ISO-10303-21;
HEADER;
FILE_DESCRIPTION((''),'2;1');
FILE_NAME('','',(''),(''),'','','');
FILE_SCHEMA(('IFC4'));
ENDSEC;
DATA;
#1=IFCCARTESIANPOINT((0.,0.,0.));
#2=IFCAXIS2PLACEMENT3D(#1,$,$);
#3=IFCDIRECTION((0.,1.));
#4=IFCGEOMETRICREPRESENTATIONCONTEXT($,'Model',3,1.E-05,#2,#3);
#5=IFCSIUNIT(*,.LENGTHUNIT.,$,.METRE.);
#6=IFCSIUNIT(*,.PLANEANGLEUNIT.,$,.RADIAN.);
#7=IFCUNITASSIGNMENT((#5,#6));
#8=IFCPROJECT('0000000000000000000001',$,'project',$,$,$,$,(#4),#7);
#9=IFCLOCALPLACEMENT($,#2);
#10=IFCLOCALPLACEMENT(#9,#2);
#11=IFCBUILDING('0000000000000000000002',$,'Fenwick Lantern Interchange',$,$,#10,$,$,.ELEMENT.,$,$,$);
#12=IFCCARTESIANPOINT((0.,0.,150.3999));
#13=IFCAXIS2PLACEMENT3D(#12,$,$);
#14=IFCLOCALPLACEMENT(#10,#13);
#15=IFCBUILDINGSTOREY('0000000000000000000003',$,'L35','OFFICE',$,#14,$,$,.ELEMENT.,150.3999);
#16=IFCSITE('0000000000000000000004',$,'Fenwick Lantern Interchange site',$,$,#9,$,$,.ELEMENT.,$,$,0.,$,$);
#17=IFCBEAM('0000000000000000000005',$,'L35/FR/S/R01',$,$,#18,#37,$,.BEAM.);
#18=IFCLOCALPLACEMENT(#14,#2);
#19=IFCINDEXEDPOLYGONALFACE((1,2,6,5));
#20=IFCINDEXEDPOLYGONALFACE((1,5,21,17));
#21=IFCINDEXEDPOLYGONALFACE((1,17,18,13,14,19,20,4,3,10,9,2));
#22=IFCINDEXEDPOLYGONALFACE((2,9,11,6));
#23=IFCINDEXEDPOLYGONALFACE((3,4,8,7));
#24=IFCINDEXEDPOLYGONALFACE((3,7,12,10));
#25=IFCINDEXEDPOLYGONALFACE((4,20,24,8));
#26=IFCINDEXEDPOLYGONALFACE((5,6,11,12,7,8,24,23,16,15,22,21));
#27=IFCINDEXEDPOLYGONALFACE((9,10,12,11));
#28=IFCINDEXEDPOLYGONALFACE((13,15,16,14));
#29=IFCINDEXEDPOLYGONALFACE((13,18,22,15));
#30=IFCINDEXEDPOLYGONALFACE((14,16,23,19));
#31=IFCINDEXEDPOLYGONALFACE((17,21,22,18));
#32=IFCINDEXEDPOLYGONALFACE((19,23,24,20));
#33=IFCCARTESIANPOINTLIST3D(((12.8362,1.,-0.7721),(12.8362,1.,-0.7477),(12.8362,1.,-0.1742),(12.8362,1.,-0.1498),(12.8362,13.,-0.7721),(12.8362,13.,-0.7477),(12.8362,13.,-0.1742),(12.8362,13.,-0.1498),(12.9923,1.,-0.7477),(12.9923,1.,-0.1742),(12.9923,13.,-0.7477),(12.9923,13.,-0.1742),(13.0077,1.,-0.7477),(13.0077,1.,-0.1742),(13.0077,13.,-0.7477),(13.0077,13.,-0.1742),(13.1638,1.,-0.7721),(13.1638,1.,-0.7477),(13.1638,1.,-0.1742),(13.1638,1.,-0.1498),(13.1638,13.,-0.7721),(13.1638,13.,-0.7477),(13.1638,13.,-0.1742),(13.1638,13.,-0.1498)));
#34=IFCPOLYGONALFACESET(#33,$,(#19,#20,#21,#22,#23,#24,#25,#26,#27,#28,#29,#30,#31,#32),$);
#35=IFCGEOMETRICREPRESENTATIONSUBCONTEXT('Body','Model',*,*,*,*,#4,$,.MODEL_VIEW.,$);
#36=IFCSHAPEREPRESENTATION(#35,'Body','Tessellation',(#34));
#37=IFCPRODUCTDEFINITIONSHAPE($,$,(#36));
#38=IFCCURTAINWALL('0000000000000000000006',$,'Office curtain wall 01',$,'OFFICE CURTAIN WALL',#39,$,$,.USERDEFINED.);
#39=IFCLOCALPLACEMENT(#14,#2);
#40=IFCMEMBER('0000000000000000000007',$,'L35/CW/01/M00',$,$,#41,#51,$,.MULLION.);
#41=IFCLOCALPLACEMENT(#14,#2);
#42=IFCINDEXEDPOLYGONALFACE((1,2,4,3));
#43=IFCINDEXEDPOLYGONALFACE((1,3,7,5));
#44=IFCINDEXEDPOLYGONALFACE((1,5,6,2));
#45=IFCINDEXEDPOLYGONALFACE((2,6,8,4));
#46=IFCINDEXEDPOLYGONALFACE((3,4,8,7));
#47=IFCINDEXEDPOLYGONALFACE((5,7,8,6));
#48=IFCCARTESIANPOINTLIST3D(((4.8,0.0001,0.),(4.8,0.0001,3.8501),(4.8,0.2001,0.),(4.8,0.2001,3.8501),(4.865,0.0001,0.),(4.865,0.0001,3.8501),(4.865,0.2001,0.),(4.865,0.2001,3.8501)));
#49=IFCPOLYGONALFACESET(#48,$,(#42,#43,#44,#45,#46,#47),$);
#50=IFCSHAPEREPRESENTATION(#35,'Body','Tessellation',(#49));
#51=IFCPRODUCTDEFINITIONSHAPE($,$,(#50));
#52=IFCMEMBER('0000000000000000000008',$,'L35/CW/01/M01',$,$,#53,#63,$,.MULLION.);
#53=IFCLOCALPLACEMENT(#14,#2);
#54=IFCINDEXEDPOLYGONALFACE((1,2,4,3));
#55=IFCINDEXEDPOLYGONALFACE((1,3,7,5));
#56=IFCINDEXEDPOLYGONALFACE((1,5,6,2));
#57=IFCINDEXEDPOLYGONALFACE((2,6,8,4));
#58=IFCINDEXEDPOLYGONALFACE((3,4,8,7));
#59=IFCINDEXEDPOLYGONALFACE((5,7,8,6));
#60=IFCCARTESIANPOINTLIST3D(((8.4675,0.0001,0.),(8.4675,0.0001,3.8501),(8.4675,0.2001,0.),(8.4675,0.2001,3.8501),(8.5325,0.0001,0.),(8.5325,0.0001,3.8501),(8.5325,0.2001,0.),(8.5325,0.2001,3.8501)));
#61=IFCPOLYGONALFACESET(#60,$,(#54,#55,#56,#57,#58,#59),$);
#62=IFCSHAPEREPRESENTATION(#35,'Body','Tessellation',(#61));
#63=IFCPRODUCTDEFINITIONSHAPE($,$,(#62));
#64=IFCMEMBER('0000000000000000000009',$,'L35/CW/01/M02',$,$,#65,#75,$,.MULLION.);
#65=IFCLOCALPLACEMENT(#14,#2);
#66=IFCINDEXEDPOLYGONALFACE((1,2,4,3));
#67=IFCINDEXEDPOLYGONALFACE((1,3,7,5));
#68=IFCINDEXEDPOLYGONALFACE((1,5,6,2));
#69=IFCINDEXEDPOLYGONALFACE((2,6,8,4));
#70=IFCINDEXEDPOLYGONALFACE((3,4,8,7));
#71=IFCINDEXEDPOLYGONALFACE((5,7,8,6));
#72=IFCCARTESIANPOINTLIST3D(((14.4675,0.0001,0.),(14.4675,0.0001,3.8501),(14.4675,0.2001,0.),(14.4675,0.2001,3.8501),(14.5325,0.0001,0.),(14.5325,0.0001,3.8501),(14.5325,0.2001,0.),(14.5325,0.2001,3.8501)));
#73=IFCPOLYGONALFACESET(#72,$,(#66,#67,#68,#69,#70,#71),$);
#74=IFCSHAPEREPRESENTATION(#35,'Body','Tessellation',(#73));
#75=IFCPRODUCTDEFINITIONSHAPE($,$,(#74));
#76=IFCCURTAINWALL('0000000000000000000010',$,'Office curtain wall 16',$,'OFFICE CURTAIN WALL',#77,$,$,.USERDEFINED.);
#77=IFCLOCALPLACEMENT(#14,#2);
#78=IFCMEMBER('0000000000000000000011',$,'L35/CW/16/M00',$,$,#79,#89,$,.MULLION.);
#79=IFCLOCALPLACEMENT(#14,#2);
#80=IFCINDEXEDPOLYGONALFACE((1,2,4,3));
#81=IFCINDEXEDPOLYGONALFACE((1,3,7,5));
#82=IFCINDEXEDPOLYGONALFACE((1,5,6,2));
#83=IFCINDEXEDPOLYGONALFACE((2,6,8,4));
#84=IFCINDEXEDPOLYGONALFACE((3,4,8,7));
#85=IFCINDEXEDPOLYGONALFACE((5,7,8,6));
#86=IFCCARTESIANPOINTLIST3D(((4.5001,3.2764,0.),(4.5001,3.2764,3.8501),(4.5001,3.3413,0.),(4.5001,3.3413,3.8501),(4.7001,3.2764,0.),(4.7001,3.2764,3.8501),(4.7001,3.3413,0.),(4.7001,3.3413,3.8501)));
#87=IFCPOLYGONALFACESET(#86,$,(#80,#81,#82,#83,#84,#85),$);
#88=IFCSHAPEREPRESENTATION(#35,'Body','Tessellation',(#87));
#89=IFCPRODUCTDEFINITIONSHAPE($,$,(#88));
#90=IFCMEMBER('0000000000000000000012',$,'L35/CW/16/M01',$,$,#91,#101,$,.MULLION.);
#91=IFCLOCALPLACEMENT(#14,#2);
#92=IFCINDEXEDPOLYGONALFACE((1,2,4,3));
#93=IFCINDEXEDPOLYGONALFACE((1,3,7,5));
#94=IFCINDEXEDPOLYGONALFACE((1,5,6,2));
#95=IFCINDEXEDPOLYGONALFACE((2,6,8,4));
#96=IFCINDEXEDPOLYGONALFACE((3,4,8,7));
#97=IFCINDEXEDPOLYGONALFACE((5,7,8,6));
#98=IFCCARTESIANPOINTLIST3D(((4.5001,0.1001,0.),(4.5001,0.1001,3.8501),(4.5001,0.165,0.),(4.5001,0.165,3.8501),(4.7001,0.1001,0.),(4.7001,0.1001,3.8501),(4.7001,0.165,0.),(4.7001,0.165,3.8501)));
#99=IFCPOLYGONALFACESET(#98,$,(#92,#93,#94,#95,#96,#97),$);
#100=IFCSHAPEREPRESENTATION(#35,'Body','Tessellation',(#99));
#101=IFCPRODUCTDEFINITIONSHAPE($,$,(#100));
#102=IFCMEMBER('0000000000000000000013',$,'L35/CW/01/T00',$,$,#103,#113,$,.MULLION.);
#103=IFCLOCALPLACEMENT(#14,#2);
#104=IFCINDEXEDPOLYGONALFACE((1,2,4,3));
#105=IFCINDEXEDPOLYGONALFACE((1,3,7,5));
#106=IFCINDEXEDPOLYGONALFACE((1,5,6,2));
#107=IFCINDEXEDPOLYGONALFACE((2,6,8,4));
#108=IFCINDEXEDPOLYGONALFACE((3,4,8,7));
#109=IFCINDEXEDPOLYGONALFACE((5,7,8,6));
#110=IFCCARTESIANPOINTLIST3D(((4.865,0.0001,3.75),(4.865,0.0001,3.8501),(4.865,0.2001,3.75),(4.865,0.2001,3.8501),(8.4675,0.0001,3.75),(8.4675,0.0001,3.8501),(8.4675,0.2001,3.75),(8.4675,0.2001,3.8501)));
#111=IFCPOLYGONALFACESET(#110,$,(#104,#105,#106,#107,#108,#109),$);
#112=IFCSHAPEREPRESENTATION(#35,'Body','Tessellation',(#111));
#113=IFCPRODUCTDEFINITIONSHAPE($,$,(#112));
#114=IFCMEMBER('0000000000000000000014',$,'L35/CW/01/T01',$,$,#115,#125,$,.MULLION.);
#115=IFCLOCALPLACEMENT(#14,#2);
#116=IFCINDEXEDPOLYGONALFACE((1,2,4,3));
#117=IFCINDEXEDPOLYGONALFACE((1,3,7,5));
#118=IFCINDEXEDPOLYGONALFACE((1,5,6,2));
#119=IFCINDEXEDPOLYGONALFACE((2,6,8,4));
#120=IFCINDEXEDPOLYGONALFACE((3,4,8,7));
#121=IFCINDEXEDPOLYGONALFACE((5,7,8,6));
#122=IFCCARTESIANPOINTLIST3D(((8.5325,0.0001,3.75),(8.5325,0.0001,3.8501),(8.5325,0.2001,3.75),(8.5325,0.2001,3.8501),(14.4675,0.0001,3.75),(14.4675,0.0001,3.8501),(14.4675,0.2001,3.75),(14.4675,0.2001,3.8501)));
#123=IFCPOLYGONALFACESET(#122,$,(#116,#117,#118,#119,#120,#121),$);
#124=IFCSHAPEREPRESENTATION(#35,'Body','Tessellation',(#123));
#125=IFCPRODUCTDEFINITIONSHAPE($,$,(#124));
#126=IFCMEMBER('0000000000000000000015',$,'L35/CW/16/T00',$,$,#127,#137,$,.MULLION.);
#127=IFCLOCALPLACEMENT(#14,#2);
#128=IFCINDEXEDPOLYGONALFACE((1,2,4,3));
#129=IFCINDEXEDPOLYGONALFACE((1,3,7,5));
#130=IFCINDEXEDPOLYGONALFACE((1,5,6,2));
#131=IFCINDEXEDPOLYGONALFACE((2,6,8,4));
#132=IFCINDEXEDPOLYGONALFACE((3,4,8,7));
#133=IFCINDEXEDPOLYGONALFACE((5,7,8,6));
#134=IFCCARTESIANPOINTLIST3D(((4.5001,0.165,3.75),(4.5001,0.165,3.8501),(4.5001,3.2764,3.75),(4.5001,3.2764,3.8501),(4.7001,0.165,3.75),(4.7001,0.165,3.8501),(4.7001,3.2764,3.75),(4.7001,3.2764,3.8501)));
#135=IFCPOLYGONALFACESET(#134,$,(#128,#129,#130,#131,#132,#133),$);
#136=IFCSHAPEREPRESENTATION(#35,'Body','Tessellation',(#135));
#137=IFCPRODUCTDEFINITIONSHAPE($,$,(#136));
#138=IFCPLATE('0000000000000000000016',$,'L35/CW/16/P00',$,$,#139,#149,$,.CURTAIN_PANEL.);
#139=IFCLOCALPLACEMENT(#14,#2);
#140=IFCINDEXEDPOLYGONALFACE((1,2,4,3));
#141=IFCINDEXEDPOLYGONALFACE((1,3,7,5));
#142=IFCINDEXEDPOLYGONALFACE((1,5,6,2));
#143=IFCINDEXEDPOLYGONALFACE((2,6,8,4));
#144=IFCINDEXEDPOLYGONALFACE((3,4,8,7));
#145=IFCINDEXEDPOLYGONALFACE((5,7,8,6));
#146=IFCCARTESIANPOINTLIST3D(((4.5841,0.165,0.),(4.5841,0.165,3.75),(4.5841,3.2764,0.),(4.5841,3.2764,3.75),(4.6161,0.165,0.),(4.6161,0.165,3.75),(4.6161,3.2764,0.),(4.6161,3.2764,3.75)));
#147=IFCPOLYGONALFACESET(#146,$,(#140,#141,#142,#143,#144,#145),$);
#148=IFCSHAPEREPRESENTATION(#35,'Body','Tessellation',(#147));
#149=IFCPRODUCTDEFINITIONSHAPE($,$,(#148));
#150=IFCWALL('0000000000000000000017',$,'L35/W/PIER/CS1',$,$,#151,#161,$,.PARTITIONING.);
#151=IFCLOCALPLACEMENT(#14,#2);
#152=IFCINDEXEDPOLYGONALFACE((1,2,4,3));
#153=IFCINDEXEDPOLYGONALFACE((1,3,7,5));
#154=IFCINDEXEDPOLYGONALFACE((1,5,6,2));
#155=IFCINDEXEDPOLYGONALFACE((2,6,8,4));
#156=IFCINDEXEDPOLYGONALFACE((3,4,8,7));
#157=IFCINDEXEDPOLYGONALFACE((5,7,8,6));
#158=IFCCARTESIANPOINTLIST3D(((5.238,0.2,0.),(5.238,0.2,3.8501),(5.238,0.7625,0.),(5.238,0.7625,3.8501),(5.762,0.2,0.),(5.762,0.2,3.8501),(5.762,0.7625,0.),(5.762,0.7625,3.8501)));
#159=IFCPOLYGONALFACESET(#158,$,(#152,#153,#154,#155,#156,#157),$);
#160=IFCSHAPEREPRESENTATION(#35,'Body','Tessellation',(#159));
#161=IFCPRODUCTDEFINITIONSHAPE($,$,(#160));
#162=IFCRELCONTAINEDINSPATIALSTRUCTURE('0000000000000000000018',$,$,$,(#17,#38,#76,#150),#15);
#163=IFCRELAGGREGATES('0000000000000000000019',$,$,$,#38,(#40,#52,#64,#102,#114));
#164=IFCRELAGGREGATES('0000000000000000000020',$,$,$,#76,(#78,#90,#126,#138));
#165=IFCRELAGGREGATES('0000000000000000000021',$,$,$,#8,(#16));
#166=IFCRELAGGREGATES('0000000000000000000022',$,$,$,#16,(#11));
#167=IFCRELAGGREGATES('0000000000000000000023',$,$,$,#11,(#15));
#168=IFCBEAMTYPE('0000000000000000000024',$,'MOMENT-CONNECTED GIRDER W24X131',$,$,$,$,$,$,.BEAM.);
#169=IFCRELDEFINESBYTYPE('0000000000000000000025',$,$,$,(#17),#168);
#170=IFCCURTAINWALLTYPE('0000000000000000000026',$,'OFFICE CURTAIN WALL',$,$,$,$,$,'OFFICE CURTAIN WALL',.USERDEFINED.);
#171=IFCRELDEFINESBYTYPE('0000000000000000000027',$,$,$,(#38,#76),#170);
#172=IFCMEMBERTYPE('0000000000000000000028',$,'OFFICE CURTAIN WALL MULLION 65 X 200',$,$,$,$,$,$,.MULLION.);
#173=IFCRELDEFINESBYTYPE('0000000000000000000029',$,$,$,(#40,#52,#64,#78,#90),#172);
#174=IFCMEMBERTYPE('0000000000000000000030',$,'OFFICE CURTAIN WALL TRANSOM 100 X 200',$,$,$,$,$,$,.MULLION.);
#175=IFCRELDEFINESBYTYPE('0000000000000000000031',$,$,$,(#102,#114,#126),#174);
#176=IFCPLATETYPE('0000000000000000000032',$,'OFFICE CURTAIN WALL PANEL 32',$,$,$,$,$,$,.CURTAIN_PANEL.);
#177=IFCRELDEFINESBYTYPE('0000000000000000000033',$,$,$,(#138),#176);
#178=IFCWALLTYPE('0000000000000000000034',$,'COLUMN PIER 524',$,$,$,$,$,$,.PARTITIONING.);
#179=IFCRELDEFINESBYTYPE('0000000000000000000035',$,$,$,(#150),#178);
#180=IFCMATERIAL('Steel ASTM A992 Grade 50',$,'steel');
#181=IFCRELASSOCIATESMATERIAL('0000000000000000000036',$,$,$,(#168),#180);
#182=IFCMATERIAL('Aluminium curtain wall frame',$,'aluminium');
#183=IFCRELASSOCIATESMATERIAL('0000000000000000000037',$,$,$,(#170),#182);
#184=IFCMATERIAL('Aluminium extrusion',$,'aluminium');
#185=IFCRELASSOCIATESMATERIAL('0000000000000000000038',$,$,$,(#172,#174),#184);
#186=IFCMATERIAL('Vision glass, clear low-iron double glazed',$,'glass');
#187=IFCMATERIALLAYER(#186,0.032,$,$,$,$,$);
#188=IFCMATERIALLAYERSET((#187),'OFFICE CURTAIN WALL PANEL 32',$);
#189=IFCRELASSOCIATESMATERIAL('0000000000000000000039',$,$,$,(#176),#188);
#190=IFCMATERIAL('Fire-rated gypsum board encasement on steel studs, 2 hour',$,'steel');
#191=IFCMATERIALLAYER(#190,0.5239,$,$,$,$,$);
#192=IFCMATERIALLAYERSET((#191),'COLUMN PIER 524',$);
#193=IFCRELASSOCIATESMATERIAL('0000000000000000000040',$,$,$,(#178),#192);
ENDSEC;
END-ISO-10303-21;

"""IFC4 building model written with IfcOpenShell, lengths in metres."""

from ifc_helpers import new_model, si_unit, direction, frame, frame_2d, origin, origin_2d, place, context, subcontext, project, spatial, rectangle, i_section, extrude, material, layer, layer_set, material_profile, profile_set, type_object, element, aggregate, save


model = new_model("IFC4")

# Units and contexts
model_context = context("Model", 3, precision=1e-05, world=origin(), true_north=direction((0.0, 1.0)))
body_context = subcontext(model_context, "Body", "Model", "MODEL_VIEW")
ifc_project = project(units=[si_unit("LENGTHUNIT", "METRE"), si_unit("PLANEANGLEUNIT", "RADIAN")], contexts=[model_context])

# Site, building, storey
site_placement = place(None, origin())
site = spatial("IfcSite", under=ifc_project, at=site_placement, Name="Fenwick Lantern Interchange site", CompositionType="ELEMENT", RefElevation=0.0)
building_placement = place(site_placement, origin())
building = spatial("IfcBuilding", under=site, at=building_placement, Name="Fenwick Lantern Interchange", CompositionType="ELEMENT")
storey_placement = place(building_placement, frame((0.0, 0.0, 150.3999)))
storey = spatial("IfcBuildingStorey", under=building, at=storey_placement, Name="L35", Description="OFFICE", CompositionType="ELEMENT", Elevation=150.3999)

# Shared definitions
ifc_material_1 = material(Name="Steel ASTM A992 Grade 50", Category="steel")

# Beam
ifc_material_profile_1 = material_profile(ifc_material_1, i_section(OverallWidth=0.3276, OverallDepth=0.6223, WebThickness=0.0154, FlangeThickness=0.0244, at=origin_2d()), Name="W24X131")
ifc_profile_set_1 = profile_set([ifc_material_profile_1], Name="Steel ASTM A992 Grade 50")
beam_type_1 = type_object("IfcBeamType", Name="MOMENT-CONNECTED GIRDER W24X131", PredefinedType="BEAM", material=ifc_profile_set_1)
beam_1_placement = place(storey_placement, frame((13.0, 1.0, -0.4609), z_axis=(0.0, 1.0, 0.0), x_axis=(-1.0, 0.0, 0.0)))
element("IfcBeam", 1, at=beam_1_placement, inside=storey, type_object=beam_type_1, Name="L35/FR/S/R01", PredefinedType="BEAM", context=body_context, shape_type="SweptSolid", body=[
    extrude(i_section(OverallWidth=0.3276, OverallDepth=0.6223, WebThickness=0.0154, FlangeThickness=0.0244, at=origin_2d()), origin(), (0.0, 0.0, 1.0), 12.0),
])

# Curtain walls, members
ifc_material_2 = material(Name="Aluminium curtain wall frame", Category="aluminium")
curtain_wall_type = type_object("IfcCurtainWallType", Name="OFFICE CURTAIN WALL", ElementType="OFFICE CURTAIN WALL", PredefinedType="USERDEFINED", material=ifc_material_2)
curtain_wall_1_placement = place(storey_placement, origin())
curtain_wall_1 = element("IfcCurtainWall", 2, at=curtain_wall_1_placement, inside=storey, type_object=curtain_wall_type, Name="Office curtain wall 01", ObjectType="OFFICE CURTAIN WALL", PredefinedType="USERDEFINED")
ifc_material_3 = material(Name="Aluminium extrusion", Category="aluminium")
ifc_material_profile_2 = material_profile(ifc_material_3, rectangle(XDim=0.2, YDim=0.0649, at=origin_2d()), Name="OFFICE CURTAIN WALL MULLION 65 X 200")
ifc_profile_set_2 = profile_set([ifc_material_profile_2], Name="Aluminium extrusion")
member_type_1 = type_object("IfcMemberType", Name="OFFICE CURTAIN WALL MULLION 65 X 200", PredefinedType="MULLION", material=ifc_profile_set_2)
member_1_placement = place(storey_placement, frame((4.8325, 0.1001, 0.0), z_axis=(0.0, 0.0, 1.0), x_axis=(0.0, 1.0, 0.0)))
member_1 = element("IfcMember", 3, at=member_1_placement, type_object=member_type_1, Name="L35/CW/01/M00", PredefinedType="MULLION", context=body_context, shape_type="SweptSolid", body=[
    extrude(rectangle(XDim=0.2, YDim=0.0649, at=origin_2d()), origin(), (0.0, 0.0, 1.0), 3.8501),
])
member_2_placement = place(storey_placement, frame((8.5, 0.1001, 0.0), z_axis=(0.0, 0.0, 1.0), x_axis=(0.0, 1.0, 0.0)))
member_2 = element("IfcMember", 4, at=member_2_placement, type_object=member_type_1, Name="L35/CW/01/M01", PredefinedType="MULLION", context=body_context, shape_type="SweptSolid", body=[
    extrude(rectangle(XDim=0.2, YDim=0.0649, at=origin_2d()), origin(), (0.0, 0.0, 1.0), 3.8501),
])
member_3_placement = place(storey_placement, frame((14.5, 0.1001, 0.0), z_axis=(0.0, 0.0, 1.0), x_axis=(0.0, 1.0, 0.0)))
member_3 = element("IfcMember", 5, at=member_3_placement, type_object=member_type_1, Name="L35/CW/01/M02", PredefinedType="MULLION", context=body_context, shape_type="SweptSolid", body=[
    extrude(rectangle(XDim=0.2, YDim=0.0649, at=origin_2d()), origin(), (0.0, 0.0, 1.0), 3.8501),
])
curtain_wall_2_placement = place(storey_placement, origin())
curtain_wall_2 = element("IfcCurtainWall", 6, at=curtain_wall_2_placement, inside=storey, type_object=curtain_wall_type, Name="Office curtain wall 16", ObjectType="OFFICE CURTAIN WALL", PredefinedType="USERDEFINED")
member_4_placement = place(storey_placement, frame((4.6001, 3.3088, 0.0), z_axis=(0.0, 0.0, 1.0), x_axis=(1.0, 0.0, 0.0)))
member_4 = element("IfcMember", 7, at=member_4_placement, type_object=member_type_1, Name="L35/CW/16/M00", PredefinedType="MULLION", context=body_context, shape_type="SweptSolid", body=[
    extrude(rectangle(XDim=0.2, YDim=0.0649, at=origin_2d()), origin(), (0.0, 0.0, 1.0), 3.8501),
])
member_5_placement = place(storey_placement, frame((4.6001, 0.1326, 0.0), z_axis=(0.0, 0.0, 1.0), x_axis=(1.0, 0.0, 0.0)))
member_5 = element("IfcMember", 8, at=member_5_placement, type_object=member_type_1, Name="L35/CW/16/M01", PredefinedType="MULLION", context=body_context, shape_type="SweptSolid", body=[
    extrude(rectangle(XDim=0.2, YDim=0.0649, at=origin_2d()), origin(), (0.0, 0.0, 1.0), 3.8501),
])

# Members
ifc_material_profile_3 = material_profile(ifc_material_3, rectangle(XDim=0.2, YDim=0.1001, at=origin_2d()), Name="OFFICE CURTAIN WALL TRANSOM 100 X 200")
ifc_profile_set_3 = profile_set([ifc_material_profile_3], Name="Aluminium extrusion")
member_type_2 = type_object("IfcMemberType", Name="OFFICE CURTAIN WALL TRANSOM 100 X 200", PredefinedType="MULLION", material=ifc_profile_set_3)
member_6_placement = place(storey_placement, frame((4.865, 0.1001, 3.8), z_axis=(1.0, 0.0, 0.0), x_axis=(0.0, 1.0, 0.0)))
member_6 = element("IfcMember", 9, at=member_6_placement, type_object=member_type_2, Name="L35/CW/01/T00", PredefinedType="MULLION", context=body_context, shape_type="SweptSolid", body=[
    extrude(rectangle(XDim=0.2, YDim=0.1001, at=origin_2d()), origin(), (0.0, 0.0, 1.0), 3.6025),
])
member_7_placement = place(storey_placement, frame((8.5325, 0.1001, 3.8), z_axis=(1.0, 0.0, 0.0), x_axis=(0.0, 1.0, 0.0)))
member_7 = element("IfcMember", 10, at=member_7_placement, type_object=member_type_2, Name="L35/CW/01/T01", PredefinedType="MULLION", context=body_context, shape_type="SweptSolid", body=[
    extrude(rectangle(XDim=0.2, YDim=0.1001, at=origin_2d()), origin(), (0.0, 0.0, 1.0), 5.9351),
])
member_8_placement = place(storey_placement, frame((4.6001, 3.2764, 3.8), z_axis=(0.0, -1.0, 0.0), x_axis=(1.0, 0.0, 0.0)))
member_8 = element("IfcMember", 11, at=member_8_placement, type_object=member_type_2, Name="L35/CW/16/T00", PredefinedType="MULLION", context=body_context, shape_type="SweptSolid", body=[
    extrude(rectangle(XDim=0.2, YDim=0.1001, at=origin_2d()), origin(), (0.0, 0.0, 1.0), 3.1113),
])

# Plate
ifc_material_4 = material(Name="Vision glass, clear low-iron double glazed", Category="glass")
ifc_layer_1 = layer(ifc_material_4, 0.032)
ifc_layer_set_1 = layer_set([ifc_layer_1], Name="OFFICE CURTAIN WALL PANEL 32")
plate_type = type_object("IfcPlateType", Name="OFFICE CURTAIN WALL PANEL 32", PredefinedType="CURTAIN_PANEL", material=ifc_layer_set_1)
aggregate(curtain_wall_1, [member_1, member_2, member_3, member_6, member_7])
plate_1_placement = place(storey_placement, frame((4.6001, 1.7207, 0.0), z_axis=(0.0, 0.0, 1.0), x_axis=(0.0, -1.0, 0.0)))
plate_1 = element("IfcPlate", 12, at=plate_1_placement, type_object=plate_type, Name="L35/CW/16/P00", PredefinedType="CURTAIN_PANEL", context=body_context, shape_type="SweptSolid", body=[
    extrude(rectangle(XDim=3.1113, YDim=0.032, at=origin_2d()), origin(), (0.0, 0.0, 1.0), 3.75),
])
aggregate(curtain_wall_2, [member_4, member_5, member_8, plate_1])

# Wall
ifc_material_5 = material(Name="Fire-rated gypsum board encasement on steel studs, 2 hour", Category="steel")
ifc_layer_2 = layer(ifc_material_5, 0.5239)
ifc_layer_set_2 = layer_set([ifc_layer_2], Name="COLUMN PIER 524")
wall_type_1 = type_object("IfcWallType", Name="COLUMN PIER 524", PredefinedType="PARTITIONING", material=ifc_layer_set_2)
wall_1_placement = place(storey_placement, frame((5.5, 0.2, 0.0), z_axis=(0.0, 0.0, 1.0), x_axis=(0.0, 1.0, 0.0)))
element("IfcWall", 13, at=wall_1_placement, inside=storey, type_object=wall_type_1, Name="L35/W/PIER/CS1", PredefinedType="PARTITIONING", context=body_context, shape_type="SweptSolid", body=[
    extrude(rectangle(XDim=0.5625, YDim=0.5239, at=frame_2d((0.2812, 0.0))), origin(), (0.0, 0.0, 1.0), 3.8501),
])

save(model, "model.ifc")
